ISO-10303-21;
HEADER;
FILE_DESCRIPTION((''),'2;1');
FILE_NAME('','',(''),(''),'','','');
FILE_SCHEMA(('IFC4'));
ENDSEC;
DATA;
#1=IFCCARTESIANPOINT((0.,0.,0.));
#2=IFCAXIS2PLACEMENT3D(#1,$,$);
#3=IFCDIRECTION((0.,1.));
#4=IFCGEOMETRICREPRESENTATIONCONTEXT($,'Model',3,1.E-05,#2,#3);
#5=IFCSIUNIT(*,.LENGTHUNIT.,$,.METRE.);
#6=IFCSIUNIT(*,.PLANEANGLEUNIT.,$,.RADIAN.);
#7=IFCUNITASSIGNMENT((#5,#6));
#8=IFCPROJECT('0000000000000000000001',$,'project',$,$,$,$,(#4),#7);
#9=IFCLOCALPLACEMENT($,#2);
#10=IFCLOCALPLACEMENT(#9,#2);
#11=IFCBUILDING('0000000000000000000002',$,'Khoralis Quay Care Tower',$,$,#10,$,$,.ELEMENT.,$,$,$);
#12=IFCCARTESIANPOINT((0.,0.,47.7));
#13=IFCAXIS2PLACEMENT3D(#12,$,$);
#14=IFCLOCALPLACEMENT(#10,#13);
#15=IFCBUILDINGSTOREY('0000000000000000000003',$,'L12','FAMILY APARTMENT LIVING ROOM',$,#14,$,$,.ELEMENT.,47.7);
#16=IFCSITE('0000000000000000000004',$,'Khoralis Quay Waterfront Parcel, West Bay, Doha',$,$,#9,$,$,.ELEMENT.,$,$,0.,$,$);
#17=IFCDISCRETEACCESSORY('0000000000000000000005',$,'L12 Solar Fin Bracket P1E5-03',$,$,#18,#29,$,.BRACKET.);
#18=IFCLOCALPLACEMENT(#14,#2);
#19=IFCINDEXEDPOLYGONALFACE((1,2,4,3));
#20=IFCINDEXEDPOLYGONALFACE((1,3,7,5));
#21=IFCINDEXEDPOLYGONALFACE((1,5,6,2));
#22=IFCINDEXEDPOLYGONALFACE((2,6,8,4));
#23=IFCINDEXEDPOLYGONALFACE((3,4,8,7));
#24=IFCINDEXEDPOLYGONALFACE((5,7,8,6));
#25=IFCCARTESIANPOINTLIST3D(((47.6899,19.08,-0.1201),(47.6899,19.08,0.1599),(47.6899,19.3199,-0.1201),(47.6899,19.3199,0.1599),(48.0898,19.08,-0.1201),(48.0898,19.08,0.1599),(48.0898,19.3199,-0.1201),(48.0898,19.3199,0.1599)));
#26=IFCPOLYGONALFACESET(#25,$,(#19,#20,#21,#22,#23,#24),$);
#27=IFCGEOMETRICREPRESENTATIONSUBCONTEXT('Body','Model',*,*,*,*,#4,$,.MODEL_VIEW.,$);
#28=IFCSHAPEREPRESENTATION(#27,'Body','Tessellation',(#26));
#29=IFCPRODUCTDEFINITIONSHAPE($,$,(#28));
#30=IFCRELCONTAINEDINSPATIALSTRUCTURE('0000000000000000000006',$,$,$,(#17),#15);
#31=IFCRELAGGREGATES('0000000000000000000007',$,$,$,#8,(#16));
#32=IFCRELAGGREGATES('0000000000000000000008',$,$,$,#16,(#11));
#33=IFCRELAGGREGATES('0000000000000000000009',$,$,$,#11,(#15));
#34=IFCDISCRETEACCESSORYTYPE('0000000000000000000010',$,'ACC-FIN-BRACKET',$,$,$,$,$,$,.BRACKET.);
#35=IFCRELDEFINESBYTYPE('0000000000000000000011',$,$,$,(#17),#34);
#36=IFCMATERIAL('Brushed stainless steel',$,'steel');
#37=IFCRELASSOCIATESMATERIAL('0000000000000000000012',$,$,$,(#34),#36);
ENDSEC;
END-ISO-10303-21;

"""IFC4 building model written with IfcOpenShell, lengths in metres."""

from ifc_helpers import new_model, si_unit, direction, frame, origin, origin_2d, place, context, subcontext, project, spatial, rectangle, extrude, source, transform, mapped, material, type_object, element, save


model = new_model("IFC4")

# Units and contexts
model_context = context("Model", 3, precision=1e-05, world=origin(), true_north=direction((0.0, 1.0)))
body_context = subcontext(model_context, "Body", "Model", "MODEL_VIEW")
ifc_project = project(units=[si_unit("LENGTHUNIT", "METRE"), si_unit("PLANEANGLEUNIT", "RADIAN")], contexts=[model_context])

# Site, building, storey
site_placement = place(None, origin())
site = spatial("IfcSite", under=ifc_project, at=site_placement, Name="Khoralis Quay Waterfront Parcel, West Bay, Doha", CompositionType="ELEMENT", RefElevation=0.0)
building_placement = place(site_placement, origin())
building = spatial("IfcBuilding", under=site, at=building_placement, Name="Khoralis Quay Care Tower", CompositionType="ELEMENT")
storey_placement = place(building_placement, frame((0.0, 0.0, 47.7)))
storey = spatial("IfcBuildingStorey", under=building, at=storey_placement, Name="L12", Description="FAMILY APARTMENT LIVING ROOM", CompositionType="ELEMENT", Elevation=47.7)

# Shared definitions
ifc_material_1 = material(Name="Brushed stainless steel", Category="steel")

# Discrete accessory
discrete_accessory_type = type_object("IfcDiscreteAccessoryType", Name="ACC-FIN-BRACKET", PredefinedType="BRACKET", material=ifc_material_1)
shared_shape_1 = source(origin(), body_context, "Body", "SweptSolid", [
    extrude(rectangle(XDim=0.3999, YDim=0.24, at=origin_2d()), origin(), (0.0, 0.0, 1.0), 0.28),
])
for number, where, z_axis, x_axis, name in (
    (1, (47.8899, 19.2, -0.1201), (0.0, 0.0, 1.0), (1.0, 0.0, 0.0), "L12 Solar Fin Bracket P1E5-03"),
):
    element("IfcDiscreteAccessory", number, at=place(storey_placement, frame(where, z_axis=z_axis, x_axis=x_axis)), inside=storey, type_object=discrete_accessory_type, Name=name, PredefinedType="BRACKET", context=body_context, shape_type="MappedRepresentation", body=[
        mapped(shared_shape_1, transform((0.0, 0.0, 0.0), scale=1.0)),
    ])

save(model, "model.ifc")
